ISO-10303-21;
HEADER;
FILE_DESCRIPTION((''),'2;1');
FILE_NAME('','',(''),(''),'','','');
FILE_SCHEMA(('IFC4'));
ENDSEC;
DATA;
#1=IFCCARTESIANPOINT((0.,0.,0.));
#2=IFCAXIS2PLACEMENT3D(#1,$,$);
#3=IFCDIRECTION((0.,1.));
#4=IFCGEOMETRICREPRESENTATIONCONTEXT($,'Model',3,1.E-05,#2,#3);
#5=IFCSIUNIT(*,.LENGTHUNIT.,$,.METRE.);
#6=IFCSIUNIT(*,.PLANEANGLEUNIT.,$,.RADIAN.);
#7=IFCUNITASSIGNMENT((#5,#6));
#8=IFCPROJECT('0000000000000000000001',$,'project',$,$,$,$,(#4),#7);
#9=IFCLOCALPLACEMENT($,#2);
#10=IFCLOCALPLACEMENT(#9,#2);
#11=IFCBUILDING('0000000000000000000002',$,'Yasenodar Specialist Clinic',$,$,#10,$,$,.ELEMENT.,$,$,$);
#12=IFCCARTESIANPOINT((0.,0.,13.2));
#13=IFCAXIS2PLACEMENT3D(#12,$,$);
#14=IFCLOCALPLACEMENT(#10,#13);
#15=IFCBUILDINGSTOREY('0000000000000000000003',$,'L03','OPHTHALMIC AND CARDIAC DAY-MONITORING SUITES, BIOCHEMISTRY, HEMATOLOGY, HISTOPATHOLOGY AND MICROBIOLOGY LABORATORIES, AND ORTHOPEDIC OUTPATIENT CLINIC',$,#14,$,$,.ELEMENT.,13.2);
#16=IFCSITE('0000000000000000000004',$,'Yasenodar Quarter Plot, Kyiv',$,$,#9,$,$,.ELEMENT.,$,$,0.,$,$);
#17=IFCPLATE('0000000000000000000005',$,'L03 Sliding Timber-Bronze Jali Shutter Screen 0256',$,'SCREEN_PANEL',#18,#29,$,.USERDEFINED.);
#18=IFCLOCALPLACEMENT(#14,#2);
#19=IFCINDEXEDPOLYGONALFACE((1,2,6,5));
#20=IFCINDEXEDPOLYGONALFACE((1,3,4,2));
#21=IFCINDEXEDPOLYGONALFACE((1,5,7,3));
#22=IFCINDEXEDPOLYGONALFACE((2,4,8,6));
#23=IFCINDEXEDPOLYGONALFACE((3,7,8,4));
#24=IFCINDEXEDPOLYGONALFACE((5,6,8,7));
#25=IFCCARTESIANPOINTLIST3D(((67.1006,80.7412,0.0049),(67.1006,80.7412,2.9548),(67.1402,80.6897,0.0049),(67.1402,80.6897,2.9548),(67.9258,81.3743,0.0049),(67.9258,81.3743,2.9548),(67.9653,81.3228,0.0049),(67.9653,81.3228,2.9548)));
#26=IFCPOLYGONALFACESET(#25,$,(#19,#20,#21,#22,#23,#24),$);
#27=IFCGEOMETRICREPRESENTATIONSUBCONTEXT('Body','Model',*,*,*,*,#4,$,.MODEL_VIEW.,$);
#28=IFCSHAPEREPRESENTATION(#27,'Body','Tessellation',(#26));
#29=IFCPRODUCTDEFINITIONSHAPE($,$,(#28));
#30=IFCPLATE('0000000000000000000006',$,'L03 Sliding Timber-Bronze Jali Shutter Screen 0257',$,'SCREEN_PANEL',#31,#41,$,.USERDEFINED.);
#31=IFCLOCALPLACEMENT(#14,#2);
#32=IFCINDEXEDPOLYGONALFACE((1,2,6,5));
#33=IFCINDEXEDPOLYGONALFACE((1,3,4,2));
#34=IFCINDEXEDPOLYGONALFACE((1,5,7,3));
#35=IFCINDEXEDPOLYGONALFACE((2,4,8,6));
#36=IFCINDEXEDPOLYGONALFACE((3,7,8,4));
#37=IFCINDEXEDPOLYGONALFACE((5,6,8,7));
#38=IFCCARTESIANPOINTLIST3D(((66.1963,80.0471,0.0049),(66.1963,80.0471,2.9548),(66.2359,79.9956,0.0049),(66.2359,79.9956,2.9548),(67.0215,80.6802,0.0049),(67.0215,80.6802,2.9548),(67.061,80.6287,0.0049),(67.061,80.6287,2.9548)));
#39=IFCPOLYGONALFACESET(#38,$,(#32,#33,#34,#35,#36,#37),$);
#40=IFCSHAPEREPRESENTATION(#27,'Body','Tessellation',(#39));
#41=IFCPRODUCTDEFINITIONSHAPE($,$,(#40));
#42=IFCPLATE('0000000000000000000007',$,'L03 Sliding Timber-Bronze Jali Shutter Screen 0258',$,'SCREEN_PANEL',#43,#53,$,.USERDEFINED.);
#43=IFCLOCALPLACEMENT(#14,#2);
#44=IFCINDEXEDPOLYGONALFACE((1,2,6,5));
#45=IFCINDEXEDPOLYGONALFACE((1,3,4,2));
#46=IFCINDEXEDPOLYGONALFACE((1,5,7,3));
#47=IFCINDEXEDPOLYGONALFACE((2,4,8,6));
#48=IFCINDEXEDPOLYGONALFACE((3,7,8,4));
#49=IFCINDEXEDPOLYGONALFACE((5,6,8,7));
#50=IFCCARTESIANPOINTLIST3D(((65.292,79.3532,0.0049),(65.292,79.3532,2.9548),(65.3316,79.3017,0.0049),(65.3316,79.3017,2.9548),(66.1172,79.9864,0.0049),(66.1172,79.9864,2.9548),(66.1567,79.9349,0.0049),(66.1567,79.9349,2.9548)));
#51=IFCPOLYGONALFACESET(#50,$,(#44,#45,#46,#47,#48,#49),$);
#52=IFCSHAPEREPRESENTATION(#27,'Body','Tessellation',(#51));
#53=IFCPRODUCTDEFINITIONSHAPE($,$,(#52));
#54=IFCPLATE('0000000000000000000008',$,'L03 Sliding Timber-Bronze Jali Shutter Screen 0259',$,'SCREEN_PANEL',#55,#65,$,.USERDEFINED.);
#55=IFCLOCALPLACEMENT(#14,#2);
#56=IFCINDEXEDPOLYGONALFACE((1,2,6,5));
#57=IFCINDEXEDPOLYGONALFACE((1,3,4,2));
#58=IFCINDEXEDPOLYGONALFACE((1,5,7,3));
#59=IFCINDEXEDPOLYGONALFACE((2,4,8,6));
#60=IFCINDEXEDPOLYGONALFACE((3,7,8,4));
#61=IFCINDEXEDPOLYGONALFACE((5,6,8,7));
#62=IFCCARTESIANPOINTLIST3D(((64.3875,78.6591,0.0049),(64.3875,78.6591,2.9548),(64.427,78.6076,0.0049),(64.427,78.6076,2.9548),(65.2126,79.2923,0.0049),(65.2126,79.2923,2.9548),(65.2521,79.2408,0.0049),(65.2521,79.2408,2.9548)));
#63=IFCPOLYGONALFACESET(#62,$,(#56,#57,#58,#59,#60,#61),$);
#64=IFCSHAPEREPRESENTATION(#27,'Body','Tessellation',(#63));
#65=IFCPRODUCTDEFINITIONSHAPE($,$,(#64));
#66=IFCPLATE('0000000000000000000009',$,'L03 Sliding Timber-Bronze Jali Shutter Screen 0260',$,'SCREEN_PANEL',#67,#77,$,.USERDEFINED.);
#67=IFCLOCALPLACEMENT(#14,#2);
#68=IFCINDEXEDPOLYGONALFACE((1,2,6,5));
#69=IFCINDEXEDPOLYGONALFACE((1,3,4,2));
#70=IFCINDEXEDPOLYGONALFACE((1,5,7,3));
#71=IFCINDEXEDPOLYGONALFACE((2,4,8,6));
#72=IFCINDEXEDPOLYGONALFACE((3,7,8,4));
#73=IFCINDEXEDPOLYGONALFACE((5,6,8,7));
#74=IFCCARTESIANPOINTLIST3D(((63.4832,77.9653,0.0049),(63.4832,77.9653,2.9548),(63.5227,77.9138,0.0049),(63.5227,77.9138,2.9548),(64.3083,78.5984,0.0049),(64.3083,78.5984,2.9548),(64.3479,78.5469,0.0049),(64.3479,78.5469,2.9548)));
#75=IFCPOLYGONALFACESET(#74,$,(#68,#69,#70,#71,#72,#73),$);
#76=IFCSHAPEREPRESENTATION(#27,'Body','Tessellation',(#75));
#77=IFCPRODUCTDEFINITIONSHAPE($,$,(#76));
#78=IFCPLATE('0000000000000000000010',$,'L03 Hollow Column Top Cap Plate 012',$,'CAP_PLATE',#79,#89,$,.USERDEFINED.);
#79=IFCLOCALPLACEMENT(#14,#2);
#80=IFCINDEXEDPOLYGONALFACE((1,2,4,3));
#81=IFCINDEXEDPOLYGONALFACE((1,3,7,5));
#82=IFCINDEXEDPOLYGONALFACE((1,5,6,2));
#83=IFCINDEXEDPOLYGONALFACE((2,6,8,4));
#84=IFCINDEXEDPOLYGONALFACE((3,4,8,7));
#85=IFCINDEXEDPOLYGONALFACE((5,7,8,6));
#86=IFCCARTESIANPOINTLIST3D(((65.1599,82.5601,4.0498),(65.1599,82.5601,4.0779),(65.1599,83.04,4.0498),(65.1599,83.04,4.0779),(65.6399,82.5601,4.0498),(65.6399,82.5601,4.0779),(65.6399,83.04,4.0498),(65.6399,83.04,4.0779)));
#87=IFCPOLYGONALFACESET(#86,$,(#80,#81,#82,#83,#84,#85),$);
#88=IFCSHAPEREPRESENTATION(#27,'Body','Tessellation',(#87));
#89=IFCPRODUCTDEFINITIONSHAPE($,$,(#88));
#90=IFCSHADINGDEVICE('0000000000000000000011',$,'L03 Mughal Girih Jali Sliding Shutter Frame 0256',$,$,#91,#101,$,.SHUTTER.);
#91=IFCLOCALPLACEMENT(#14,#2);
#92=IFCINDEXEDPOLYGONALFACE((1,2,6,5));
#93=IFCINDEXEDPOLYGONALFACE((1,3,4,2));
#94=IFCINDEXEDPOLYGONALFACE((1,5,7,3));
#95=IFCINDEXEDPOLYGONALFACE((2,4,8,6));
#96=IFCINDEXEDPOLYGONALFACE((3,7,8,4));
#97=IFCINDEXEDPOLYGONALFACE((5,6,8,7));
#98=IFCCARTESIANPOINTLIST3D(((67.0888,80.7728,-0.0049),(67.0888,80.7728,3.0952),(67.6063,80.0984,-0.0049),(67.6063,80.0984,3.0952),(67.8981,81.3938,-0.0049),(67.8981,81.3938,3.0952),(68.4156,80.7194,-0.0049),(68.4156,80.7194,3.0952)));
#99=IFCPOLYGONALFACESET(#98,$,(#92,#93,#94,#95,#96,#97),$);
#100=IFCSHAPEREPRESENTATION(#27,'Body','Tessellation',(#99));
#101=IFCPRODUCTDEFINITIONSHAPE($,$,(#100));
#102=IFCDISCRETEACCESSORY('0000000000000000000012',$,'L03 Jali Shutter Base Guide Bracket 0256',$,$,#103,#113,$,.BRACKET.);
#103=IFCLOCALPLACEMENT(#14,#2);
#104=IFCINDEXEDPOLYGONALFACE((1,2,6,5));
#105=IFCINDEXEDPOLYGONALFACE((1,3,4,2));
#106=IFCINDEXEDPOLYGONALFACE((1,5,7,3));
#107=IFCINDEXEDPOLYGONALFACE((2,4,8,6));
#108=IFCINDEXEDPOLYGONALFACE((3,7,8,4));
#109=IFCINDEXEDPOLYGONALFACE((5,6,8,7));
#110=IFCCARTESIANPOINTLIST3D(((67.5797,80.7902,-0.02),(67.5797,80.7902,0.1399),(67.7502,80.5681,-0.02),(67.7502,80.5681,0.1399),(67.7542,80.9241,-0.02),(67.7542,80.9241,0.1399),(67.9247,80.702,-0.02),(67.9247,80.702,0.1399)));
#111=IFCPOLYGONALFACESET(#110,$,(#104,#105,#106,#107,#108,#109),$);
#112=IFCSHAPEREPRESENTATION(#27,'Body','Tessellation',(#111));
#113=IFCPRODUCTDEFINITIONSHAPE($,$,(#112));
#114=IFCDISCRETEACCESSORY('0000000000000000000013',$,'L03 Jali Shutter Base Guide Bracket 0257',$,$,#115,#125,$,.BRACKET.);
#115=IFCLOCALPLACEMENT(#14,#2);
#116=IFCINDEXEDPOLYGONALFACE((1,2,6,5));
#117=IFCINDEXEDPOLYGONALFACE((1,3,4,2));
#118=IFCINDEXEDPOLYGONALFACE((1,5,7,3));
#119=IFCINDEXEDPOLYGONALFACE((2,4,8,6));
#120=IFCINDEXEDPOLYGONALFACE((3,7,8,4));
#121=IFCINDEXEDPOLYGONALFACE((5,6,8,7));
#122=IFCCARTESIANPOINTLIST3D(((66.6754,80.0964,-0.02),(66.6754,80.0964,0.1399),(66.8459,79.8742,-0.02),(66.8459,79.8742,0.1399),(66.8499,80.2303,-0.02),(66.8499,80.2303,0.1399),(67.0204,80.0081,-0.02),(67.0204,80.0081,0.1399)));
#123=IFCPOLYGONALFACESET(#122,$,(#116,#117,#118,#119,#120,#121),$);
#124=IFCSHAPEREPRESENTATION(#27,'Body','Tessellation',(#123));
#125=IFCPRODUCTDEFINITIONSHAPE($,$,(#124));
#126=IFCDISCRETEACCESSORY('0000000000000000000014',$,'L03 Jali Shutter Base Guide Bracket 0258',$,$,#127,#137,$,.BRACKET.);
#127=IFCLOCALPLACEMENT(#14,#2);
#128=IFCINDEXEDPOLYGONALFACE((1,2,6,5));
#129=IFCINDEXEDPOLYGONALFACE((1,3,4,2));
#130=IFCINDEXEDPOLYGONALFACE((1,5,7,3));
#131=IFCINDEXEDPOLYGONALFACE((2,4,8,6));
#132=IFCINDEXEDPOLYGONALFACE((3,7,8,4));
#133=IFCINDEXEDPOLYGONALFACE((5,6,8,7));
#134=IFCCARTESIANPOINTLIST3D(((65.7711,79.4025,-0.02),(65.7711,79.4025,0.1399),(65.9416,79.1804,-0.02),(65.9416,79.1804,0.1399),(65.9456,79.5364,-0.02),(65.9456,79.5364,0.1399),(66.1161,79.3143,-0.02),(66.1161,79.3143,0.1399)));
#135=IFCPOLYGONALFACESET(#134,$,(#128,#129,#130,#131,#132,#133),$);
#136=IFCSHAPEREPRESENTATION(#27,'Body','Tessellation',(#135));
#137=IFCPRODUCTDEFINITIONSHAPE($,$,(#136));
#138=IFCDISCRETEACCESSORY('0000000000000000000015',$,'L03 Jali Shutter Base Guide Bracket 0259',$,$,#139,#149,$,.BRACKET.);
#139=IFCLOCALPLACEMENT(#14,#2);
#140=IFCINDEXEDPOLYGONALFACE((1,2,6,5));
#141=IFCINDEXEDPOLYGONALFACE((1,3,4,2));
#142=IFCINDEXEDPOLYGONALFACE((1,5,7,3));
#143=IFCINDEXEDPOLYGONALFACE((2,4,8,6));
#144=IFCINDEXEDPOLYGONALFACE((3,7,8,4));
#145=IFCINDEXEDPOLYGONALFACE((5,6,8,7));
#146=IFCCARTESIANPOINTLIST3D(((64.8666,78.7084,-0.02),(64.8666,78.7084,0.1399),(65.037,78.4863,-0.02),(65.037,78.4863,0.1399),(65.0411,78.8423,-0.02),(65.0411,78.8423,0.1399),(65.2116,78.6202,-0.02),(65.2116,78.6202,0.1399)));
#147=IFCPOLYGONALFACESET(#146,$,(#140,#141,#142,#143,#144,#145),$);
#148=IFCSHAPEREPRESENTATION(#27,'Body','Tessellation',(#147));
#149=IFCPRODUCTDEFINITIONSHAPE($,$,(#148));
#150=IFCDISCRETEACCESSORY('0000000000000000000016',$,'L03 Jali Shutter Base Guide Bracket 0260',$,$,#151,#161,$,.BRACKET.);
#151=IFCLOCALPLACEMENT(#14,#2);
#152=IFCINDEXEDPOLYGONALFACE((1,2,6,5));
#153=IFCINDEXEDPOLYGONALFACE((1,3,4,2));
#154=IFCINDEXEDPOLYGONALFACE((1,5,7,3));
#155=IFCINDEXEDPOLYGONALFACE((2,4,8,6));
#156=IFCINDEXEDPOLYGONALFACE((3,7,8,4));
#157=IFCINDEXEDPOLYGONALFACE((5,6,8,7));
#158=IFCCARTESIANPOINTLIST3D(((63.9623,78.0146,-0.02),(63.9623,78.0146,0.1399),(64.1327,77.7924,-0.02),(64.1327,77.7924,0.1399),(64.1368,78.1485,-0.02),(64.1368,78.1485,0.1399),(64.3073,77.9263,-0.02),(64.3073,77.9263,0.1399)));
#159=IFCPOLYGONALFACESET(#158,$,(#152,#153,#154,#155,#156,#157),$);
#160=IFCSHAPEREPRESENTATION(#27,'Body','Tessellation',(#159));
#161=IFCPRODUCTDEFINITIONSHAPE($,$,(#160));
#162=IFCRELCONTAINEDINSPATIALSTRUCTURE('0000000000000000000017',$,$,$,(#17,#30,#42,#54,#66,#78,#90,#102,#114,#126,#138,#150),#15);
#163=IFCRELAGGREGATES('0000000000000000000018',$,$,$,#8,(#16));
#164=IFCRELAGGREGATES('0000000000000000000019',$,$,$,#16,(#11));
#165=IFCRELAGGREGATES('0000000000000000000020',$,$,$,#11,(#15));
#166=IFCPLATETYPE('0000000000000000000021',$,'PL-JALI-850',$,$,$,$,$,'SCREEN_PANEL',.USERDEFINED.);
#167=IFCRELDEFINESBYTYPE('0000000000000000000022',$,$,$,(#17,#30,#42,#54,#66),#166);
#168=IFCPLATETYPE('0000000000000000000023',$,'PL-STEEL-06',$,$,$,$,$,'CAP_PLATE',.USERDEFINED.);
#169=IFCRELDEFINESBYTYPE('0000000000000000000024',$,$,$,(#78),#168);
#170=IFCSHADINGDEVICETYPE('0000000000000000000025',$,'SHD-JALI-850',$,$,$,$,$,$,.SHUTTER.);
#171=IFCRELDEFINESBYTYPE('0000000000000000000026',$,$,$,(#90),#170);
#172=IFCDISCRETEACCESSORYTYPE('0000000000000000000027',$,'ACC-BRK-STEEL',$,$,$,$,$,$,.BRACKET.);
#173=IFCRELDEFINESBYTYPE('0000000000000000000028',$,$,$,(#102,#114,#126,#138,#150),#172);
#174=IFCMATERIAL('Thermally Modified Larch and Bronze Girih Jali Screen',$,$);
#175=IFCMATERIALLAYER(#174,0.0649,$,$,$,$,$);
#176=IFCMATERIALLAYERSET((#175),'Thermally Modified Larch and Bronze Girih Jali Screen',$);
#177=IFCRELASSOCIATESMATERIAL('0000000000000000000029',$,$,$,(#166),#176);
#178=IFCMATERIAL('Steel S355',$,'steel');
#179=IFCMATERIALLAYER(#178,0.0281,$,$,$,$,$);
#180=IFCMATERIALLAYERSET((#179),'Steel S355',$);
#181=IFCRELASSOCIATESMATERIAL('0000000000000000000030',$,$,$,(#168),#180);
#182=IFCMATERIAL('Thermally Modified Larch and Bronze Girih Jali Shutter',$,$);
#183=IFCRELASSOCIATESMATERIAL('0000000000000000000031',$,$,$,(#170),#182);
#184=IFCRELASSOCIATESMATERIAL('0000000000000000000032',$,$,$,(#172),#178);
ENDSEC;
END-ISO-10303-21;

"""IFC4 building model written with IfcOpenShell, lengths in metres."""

from ifc_helpers import new_model, si_unit, direction, frame, origin, origin_2d, place, context, subcontext, project, spatial, rectangle, extrude, material, layer, layer_set, type_object, element, save


model = new_model("IFC4")

# Units and contexts
model_context = context("Model", 3, precision=1e-05, world=origin(), true_north=direction((0.0, 1.0)))
body_context = subcontext(model_context, "Body", "Model", "MODEL_VIEW")
ifc_project = project(units=[si_unit("LENGTHUNIT", "METRE"), si_unit("PLANEANGLEUNIT", "RADIAN")], contexts=[model_context])

# Site, building, storey
site_placement = place(None, origin())
site = spatial("IfcSite", under=ifc_project, at=site_placement, Name="Yasenodar Quarter Plot, Kyiv", CompositionType="ELEMENT", RefElevation=0.0)
building_placement = place(site_placement, origin())
building = spatial("IfcBuilding", under=site, at=building_placement, Name="Yasenodar Specialist Clinic", CompositionType="ELEMENT")
storey_placement = place(building_placement, frame((0.0, 0.0, 13.2)))
storey = spatial("IfcBuildingStorey", under=building, at=storey_placement, Name="L03", Description="OPHTHALMIC AND CARDIAC DAY-MONITORING SUITES, BIOCHEMISTRY, HEMATOLOGY, HISTOPATHOLOGY AND MICROBIOLOGY LABORATORIES, AND ORTHOPEDIC OUTPATIENT CLINIC", CompositionType="ELEMENT", Elevation=13.2)

# Shared definitions
ifc_material_1 = material(Name="Steel S355", Category="steel")

# Plates
ifc_material_2 = material(Name="Thermally Modified Larch and Bronze Girih Jali Screen")
ifc_layer_1 = layer(ifc_material_2, 0.0649)
ifc_layer_set_1 = layer_set([ifc_layer_1], Name="Thermally Modified Larch and Bronze Girih Jali Screen")
plate_type_1 = type_object("IfcPlateType", Name="PL-JALI-850", ElementType="SCREEN_PANEL", PredefinedType="USERDEFINED", material=ifc_layer_set_1)
for number, where, z_axis, x_axis, name in (
    (1, (67.533, 81.032, 0.0049), (0.0, 0.0, 1.0), (-0.793351, -0.608764, 0.0), "L03 Sliding Timber-Bronze Jali Shutter Screen 0256"),
    (2, (66.6287, 80.3379, 0.0049), (0.0, 0.0, 1.0), (-0.793351, -0.608764, 0.0), "L03 Sliding Timber-Bronze Jali Shutter Screen 0257"),
    (3, (65.7244, 79.644, 0.0049), (0.0, 0.0, 1.0), (-0.793351, -0.608764, 0.0), "L03 Sliding Timber-Bronze Jali Shutter Screen 0258"),
    (4, (64.8198, 78.95, 0.0049), (0.0, 0.0, 1.0), (-0.793351, -0.608764, 0.0), "L03 Sliding Timber-Bronze Jali Shutter Screen 0259"),
    (5, (63.9155, 78.2561, 0.0049), (0.0, 0.0, 1.0), (-0.793351, -0.608764, 0.0), "L03 Sliding Timber-Bronze Jali Shutter Screen 0260"),
):
    element("IfcPlate", number, at=place(storey_placement, frame(where, z_axis=z_axis, x_axis=x_axis)), inside=storey, type_object=plate_type_1, Name=name, ObjectType="SCREEN_PANEL", PredefinedType="USERDEFINED", context=body_context, shape_type="SweptSolid", body=[
        extrude(rectangle(XDim=1.04, YDim=0.0649, at=origin_2d()), origin(), (0.0, 0.0, 1.0), 2.95),
    ])
ifc_layer_2 = layer(ifc_material_1, 0.0281)
ifc_layer_set_2 = layer_set([ifc_layer_2], Name="Steel S355")
plate_type_2 = type_object("IfcPlateType", Name="PL-STEEL-06", ElementType="CAP_PLATE", PredefinedType="USERDEFINED", material=ifc_layer_set_2)
plate_1_placement = place(storey_placement, frame((65.3999, 82.8, 4.0498), z_axis=(0.0, 0.0, 1.0), x_axis=(1.0, 0.0, 0.0)))
element("IfcPlate", 6, at=plate_1_placement, inside=storey, type_object=plate_type_2, Name="L03 Hollow Column Top Cap Plate 012", ObjectType="CAP_PLATE", PredefinedType="USERDEFINED", context=body_context, shape_type="SweptSolid", body=[
    extrude(rectangle(XDim=0.48, YDim=0.48, at=origin_2d()), origin(), (0.0, 0.0, 1.0), 0.0281),
])

# Shading device
ifc_material_3 = material(Name="Thermally Modified Larch and Bronze Girih Jali Shutter")
shading_device_type = type_object("IfcShadingDeviceType", Name="SHD-JALI-850", PredefinedType="SHUTTER", material=ifc_material_3)
shading_device_placement = place(storey_placement, frame((67.7522, 80.7461, -0.0049), z_axis=(0.0, 0.0, 1.0), x_axis=(-0.793351, -0.608764, 0.0)))
element("IfcShadingDevice", 7, at=shading_device_placement, inside=storey, type_object=shading_device_type, Name="L03 Mughal Girih Jali Sliding Shutter Frame 0256", PredefinedType="SHUTTER", context=body_context, shape_type="SweptSolid", body=[
    extrude(rectangle(XDim=1.02, YDim=0.8501, at=origin_2d()), origin(), (0.0, 0.0, 1.0), 3.1001),
])

# Discrete accessories
discrete_accessory_type = type_object("IfcDiscreteAccessoryType", Name="ACC-BRK-STEEL", PredefinedType="BRACKET", material=ifc_material_1)
for number, where, z_axis, x_axis, name in (
    (8, (67.7522, 80.7461, -0.02), (0.0, 0.0, 1.0), (-0.793351, -0.608764, 0.0), "L03 Jali Shutter Base Guide Bracket 0256"),
    (9, (66.8479, 80.0522, -0.02), (0.0, 0.0, 1.0), (-0.793351, -0.608764, 0.0), "L03 Jali Shutter Base Guide Bracket 0257"),
    (10, (65.9436, 79.3584, -0.02), (0.0, 0.0, 1.0), (-0.793351, -0.608764, 0.0), "L03 Jali Shutter Base Guide Bracket 0258"),
    (11, (65.0391, 78.6643, -0.02), (0.0, 0.0, 1.0), (-0.793351, -0.608764, 0.0), "L03 Jali Shutter Base Guide Bracket 0259"),
    (12, (64.1348, 77.9705, -0.02), (0.0, 0.0, 1.0), (-0.793351, -0.608764, 0.0), "L03 Jali Shutter Base Guide Bracket 0260"),
):
    element("IfcDiscreteAccessory", number, at=place(storey_placement, frame(where, z_axis=z_axis, x_axis=x_axis)), inside=storey, type_object=discrete_accessory_type, Name=name, PredefinedType="BRACKET", context=body_context, shape_type="SweptSolid", body=[
        extrude(rectangle(XDim=0.22, YDim=0.28, at=origin_2d()), origin(), (0.0, 0.0, 1.0), 0.1599),
    ])

save(model, "model.ifc")
